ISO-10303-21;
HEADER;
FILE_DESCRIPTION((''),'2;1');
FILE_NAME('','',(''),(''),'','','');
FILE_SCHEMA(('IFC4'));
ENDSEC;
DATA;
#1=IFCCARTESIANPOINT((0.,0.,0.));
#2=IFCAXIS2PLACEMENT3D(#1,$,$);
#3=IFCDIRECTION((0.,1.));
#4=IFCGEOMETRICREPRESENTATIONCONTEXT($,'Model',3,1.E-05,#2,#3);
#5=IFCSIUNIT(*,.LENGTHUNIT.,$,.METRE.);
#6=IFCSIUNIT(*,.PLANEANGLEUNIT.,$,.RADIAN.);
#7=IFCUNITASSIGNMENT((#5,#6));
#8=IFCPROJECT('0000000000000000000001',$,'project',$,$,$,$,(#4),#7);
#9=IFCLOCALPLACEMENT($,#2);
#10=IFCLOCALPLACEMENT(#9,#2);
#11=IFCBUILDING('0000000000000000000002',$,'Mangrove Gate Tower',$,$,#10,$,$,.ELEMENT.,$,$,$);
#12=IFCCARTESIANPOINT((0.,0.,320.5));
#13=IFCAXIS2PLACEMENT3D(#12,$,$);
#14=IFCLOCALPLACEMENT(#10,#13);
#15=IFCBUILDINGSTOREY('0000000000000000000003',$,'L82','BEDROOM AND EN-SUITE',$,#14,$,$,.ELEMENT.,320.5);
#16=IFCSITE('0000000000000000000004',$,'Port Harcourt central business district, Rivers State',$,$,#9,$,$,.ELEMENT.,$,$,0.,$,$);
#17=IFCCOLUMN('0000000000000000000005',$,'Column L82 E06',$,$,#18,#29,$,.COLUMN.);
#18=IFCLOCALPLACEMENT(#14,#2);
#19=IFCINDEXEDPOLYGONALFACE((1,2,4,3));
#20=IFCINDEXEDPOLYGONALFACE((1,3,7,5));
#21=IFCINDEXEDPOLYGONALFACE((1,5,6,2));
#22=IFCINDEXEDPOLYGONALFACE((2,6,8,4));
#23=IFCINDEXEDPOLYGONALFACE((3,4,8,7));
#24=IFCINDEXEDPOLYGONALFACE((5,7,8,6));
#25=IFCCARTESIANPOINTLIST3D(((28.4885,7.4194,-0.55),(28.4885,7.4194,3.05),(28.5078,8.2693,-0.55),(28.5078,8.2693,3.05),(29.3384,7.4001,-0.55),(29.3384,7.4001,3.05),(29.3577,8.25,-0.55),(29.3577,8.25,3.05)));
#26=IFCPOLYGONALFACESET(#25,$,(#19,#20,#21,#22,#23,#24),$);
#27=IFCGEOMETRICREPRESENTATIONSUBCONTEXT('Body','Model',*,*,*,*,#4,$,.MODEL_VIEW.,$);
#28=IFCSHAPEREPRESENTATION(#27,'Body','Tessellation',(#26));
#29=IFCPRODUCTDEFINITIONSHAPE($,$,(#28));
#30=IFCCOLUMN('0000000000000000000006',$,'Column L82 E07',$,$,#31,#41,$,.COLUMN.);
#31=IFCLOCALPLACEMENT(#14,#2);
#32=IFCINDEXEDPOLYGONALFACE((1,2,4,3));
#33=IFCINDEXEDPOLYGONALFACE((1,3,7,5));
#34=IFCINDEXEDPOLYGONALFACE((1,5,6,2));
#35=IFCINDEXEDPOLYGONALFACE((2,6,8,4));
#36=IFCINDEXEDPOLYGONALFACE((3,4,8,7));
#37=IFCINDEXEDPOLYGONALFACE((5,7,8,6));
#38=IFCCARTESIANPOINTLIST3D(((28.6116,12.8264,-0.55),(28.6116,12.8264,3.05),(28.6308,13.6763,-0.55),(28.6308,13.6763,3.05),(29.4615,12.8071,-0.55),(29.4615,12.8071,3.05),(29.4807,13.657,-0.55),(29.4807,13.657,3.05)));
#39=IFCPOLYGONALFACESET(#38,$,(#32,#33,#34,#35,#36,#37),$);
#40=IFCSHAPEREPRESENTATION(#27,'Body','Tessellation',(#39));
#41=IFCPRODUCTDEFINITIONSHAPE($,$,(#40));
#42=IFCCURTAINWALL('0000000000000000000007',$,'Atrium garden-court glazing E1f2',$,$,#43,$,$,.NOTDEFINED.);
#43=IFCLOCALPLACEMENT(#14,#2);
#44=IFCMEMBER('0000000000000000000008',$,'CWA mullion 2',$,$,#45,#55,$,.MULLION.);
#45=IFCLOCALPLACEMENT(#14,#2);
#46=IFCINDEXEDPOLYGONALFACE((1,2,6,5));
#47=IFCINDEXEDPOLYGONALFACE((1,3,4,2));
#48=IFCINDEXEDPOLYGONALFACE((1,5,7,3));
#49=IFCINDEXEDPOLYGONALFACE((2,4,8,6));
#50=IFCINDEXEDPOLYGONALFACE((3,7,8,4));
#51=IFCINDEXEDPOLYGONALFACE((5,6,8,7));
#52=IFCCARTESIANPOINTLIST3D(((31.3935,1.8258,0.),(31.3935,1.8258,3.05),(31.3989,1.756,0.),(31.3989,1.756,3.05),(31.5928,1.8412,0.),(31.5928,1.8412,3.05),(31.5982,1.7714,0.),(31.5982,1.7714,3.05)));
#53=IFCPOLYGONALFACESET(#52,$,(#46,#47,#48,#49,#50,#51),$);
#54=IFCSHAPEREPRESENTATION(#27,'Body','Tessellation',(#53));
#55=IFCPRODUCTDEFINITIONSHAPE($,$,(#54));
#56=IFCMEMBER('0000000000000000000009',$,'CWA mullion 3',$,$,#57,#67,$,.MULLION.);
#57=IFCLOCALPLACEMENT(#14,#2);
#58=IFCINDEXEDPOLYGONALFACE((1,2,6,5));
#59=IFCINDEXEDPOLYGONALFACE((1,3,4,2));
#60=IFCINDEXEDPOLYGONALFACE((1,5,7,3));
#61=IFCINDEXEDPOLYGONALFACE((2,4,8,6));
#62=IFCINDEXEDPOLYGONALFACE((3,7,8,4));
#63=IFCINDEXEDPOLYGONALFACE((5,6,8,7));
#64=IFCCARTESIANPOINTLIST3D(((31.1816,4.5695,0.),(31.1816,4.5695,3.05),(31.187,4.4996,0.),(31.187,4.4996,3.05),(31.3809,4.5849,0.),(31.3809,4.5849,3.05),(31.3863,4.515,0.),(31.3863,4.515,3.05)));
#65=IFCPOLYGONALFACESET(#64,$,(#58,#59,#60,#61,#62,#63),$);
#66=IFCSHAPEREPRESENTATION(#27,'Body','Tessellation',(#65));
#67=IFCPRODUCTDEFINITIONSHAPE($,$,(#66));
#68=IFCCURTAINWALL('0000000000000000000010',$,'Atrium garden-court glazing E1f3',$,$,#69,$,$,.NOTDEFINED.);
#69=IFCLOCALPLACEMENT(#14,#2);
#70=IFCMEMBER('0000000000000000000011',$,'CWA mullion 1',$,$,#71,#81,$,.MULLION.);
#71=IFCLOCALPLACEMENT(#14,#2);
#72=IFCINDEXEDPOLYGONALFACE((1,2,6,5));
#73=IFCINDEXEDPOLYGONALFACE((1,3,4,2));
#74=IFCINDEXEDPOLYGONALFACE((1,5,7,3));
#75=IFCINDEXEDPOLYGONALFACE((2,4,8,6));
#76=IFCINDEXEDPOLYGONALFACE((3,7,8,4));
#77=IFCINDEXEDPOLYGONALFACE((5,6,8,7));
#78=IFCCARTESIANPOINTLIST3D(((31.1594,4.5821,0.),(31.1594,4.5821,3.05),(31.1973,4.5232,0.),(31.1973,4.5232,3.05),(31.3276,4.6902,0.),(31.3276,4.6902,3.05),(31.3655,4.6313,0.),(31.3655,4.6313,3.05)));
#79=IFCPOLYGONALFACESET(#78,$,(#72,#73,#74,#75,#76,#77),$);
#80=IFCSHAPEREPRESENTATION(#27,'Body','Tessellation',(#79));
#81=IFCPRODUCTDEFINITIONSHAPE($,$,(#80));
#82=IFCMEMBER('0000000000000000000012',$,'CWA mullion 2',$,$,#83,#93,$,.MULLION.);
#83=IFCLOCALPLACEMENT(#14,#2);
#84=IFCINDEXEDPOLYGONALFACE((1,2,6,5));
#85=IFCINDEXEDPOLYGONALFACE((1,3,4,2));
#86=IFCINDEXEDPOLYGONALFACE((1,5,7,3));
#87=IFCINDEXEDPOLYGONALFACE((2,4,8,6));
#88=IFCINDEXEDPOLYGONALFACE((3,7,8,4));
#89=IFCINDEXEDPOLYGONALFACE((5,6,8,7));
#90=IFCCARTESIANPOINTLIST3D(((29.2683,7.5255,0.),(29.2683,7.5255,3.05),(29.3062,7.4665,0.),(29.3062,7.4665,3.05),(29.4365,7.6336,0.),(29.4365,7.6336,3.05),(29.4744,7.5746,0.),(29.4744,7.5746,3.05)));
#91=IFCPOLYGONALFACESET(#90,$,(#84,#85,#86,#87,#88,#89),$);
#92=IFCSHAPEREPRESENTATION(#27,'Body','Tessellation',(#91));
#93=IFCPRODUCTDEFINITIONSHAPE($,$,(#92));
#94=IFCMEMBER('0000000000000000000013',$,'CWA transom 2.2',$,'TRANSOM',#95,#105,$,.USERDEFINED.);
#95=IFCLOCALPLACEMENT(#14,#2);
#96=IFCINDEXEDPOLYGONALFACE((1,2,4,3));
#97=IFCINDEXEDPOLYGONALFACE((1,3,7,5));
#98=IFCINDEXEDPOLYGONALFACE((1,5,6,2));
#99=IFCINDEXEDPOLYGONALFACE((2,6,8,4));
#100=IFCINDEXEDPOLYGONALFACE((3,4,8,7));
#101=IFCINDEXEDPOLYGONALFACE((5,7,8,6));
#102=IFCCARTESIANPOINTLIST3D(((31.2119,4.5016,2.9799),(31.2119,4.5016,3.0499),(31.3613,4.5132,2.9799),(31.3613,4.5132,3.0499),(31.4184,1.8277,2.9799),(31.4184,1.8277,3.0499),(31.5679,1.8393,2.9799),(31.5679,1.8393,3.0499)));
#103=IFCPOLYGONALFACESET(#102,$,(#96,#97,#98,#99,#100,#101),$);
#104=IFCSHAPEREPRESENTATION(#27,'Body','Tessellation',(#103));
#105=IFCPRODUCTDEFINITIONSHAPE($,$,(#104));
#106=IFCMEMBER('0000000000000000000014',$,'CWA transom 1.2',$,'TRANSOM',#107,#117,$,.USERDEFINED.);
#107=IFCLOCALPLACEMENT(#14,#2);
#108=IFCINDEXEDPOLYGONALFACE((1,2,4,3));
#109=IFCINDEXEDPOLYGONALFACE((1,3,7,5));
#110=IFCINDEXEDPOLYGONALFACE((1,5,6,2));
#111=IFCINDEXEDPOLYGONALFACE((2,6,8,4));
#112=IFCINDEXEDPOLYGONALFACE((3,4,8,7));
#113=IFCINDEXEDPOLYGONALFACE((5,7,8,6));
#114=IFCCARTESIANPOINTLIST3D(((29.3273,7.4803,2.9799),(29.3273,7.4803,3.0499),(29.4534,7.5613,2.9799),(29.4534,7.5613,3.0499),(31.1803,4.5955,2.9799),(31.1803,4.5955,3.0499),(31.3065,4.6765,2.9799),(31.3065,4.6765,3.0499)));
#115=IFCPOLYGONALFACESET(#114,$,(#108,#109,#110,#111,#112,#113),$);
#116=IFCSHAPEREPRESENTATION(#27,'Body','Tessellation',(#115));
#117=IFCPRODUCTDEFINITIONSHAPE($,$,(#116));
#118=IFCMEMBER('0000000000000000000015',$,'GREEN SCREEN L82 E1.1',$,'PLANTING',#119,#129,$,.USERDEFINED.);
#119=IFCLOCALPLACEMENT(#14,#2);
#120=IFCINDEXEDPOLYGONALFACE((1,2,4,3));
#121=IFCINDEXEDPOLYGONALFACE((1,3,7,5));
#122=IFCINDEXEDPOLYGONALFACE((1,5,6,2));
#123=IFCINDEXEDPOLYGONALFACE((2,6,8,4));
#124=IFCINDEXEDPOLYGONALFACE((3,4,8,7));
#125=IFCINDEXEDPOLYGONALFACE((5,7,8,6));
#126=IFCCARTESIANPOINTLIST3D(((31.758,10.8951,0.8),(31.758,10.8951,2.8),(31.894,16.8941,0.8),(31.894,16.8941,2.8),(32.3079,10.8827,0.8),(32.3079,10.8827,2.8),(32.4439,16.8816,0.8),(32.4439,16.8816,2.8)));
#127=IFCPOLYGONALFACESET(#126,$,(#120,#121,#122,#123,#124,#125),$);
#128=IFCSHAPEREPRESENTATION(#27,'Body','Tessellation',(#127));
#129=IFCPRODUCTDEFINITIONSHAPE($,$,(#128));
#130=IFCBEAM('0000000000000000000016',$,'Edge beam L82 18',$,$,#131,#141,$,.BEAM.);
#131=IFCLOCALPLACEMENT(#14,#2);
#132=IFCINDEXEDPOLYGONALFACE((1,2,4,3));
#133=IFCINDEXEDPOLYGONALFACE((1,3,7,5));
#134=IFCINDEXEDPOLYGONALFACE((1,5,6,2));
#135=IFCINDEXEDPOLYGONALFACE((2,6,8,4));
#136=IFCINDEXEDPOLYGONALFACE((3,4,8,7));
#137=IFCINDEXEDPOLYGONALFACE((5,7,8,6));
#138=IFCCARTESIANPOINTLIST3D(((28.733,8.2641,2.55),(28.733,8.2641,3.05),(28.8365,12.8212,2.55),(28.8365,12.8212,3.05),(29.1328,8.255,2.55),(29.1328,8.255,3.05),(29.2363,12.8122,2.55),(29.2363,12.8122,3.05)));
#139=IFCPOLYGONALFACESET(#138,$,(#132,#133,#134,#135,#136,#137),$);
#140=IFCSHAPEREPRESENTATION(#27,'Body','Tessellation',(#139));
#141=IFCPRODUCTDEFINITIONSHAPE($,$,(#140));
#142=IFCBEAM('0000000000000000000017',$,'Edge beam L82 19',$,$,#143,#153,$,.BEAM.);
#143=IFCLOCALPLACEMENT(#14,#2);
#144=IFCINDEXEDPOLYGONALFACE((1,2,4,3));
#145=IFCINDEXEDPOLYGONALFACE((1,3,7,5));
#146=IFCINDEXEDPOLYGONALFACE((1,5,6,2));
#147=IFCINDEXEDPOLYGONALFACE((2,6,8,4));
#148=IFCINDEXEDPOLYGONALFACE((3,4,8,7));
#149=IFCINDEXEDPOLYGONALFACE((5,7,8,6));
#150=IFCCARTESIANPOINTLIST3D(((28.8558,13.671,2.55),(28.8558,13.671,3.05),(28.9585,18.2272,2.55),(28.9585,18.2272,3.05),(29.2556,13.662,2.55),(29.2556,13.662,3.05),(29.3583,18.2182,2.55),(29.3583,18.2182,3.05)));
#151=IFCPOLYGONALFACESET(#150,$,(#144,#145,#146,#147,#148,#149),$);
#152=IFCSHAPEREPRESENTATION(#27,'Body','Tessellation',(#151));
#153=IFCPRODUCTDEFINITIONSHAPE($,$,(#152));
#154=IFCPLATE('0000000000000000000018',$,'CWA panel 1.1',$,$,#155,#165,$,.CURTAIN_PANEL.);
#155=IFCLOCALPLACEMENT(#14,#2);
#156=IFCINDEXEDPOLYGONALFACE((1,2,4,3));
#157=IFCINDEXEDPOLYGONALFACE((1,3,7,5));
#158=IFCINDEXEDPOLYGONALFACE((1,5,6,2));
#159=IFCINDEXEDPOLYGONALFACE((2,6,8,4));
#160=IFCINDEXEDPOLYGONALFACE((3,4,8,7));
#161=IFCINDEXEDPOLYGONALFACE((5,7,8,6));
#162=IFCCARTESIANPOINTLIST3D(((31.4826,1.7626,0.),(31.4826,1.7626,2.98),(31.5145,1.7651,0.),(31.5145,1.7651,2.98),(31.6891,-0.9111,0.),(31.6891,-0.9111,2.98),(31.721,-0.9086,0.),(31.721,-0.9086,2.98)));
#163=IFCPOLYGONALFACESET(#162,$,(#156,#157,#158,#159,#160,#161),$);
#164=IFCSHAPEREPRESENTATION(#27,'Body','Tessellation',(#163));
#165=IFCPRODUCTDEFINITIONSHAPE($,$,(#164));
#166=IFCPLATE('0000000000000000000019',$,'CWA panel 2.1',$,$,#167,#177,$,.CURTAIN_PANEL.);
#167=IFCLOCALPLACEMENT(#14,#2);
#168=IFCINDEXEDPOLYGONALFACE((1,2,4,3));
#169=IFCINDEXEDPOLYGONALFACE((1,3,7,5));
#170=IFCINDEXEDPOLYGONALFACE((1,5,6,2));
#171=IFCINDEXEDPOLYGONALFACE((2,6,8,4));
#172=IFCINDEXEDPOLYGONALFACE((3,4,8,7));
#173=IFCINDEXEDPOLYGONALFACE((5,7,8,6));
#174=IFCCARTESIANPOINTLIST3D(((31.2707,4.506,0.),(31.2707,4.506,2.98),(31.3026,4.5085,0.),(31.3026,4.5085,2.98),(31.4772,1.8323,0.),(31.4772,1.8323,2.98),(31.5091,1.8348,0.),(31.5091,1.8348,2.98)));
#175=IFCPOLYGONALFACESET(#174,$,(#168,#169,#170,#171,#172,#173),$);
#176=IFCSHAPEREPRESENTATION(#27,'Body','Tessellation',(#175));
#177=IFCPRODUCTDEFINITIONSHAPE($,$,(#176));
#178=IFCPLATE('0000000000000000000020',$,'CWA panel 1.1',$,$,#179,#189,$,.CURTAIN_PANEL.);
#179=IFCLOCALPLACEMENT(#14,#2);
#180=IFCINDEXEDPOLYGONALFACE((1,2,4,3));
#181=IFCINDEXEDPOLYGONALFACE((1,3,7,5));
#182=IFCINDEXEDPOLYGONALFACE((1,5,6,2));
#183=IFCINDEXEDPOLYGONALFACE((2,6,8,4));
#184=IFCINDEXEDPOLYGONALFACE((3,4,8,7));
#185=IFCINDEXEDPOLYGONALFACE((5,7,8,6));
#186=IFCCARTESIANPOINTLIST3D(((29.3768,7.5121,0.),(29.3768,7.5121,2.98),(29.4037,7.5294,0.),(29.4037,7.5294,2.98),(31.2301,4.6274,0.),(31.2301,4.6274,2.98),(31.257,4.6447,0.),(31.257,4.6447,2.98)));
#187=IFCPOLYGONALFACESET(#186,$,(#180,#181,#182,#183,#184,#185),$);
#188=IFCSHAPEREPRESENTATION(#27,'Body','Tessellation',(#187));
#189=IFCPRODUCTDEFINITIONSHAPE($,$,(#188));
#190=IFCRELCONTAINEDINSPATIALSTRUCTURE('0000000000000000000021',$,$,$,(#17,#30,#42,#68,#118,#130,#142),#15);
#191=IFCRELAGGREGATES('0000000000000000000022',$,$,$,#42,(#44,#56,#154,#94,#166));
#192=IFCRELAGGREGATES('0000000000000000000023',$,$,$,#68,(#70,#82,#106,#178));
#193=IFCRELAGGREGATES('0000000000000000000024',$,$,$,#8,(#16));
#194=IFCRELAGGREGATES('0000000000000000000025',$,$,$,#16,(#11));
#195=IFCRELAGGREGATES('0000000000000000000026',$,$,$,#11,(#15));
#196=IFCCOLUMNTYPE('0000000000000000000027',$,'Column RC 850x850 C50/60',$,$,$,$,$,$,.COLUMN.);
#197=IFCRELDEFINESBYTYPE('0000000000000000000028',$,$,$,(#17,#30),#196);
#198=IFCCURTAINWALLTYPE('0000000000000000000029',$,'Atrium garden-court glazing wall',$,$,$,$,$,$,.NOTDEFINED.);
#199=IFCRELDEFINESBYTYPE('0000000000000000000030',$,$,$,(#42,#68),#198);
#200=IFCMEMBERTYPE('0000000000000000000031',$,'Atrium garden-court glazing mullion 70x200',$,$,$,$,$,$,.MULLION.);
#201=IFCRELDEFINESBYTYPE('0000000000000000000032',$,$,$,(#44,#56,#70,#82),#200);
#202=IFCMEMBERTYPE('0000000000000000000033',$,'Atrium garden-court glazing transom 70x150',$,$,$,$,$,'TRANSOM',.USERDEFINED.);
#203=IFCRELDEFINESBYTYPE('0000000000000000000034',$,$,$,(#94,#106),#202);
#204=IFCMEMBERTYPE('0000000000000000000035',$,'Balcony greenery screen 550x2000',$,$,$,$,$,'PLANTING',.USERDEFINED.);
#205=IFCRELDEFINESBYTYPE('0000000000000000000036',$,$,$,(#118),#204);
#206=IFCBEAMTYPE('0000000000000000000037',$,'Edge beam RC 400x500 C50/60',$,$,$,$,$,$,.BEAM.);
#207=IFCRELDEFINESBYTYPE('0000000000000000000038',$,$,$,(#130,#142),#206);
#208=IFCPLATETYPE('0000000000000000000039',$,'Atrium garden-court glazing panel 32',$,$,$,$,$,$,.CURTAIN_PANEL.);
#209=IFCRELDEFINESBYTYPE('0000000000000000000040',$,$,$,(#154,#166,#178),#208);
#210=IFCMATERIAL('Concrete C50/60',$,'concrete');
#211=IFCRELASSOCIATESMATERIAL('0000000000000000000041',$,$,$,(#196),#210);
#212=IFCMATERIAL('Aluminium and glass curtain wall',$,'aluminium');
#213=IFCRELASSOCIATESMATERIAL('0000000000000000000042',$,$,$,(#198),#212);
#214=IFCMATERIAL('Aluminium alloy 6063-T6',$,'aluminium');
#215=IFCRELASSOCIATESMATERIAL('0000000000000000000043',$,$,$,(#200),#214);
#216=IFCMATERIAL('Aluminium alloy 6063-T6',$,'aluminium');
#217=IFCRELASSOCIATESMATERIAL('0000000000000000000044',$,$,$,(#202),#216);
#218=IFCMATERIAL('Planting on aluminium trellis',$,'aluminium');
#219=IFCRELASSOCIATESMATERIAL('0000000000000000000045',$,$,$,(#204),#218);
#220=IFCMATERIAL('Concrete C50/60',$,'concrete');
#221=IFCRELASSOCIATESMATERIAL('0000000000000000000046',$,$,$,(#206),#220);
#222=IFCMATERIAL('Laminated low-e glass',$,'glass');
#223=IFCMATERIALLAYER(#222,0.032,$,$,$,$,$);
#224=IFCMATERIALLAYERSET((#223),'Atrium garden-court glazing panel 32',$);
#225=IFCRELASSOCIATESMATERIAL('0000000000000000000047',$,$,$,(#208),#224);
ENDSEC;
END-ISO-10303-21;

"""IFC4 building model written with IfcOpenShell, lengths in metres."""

from ifc_helpers import new_model, si_unit, direction, frame, origin, origin_2d, place, context, subcontext, project, spatial, rectangle, extrude, material, layer, layer_set, material_profile, profile_set, type_object, element, aggregate, save


model = new_model("IFC4")

# Units and contexts
model_context = context("Model", 3, precision=1e-05, world=origin(), true_north=direction((0.0, 1.0)))
body_context = subcontext(model_context, "Body", "Model", "MODEL_VIEW")
ifc_project = project(units=[si_unit("LENGTHUNIT", "METRE"), si_unit("PLANEANGLEUNIT", "RADIAN")], contexts=[model_context])

# Site, building, storey
site_placement = place(None, origin())
site = spatial("IfcSite", under=ifc_project, at=site_placement, Name="Port Harcourt central business district, Rivers State", CompositionType="ELEMENT", RefElevation=0.0)
building_placement = place(site_placement, origin())
building = spatial("IfcBuilding", under=site, at=building_placement, Name="Mangrove Gate Tower", CompositionType="ELEMENT")
storey_placement = place(building_placement, frame((0.0, 0.0, 320.5)))
storey = spatial("IfcBuildingStorey", under=building, at=storey_placement, Name="L82", Description="BEDROOM AND EN-SUITE", CompositionType="ELEMENT", Elevation=320.5)

# Columns
ifc_material_1 = material(Name="Concrete C50/60", Category="concrete")
ifc_material_profile_1 = material_profile(ifc_material_1, rectangle(XDim=0.8501, YDim=0.8501, at=origin_2d()))
ifc_profile_set_1 = profile_set([ifc_material_profile_1], Name="Concrete C50/60")
column_type = type_object("IfcColumnType", Name="Column RC 850x850 C50/60", PredefinedType="COLUMN", material=ifc_profile_set_1)
for number, where, z_axis, x_axis, name in (
    (1, (28.9231, 7.8347, -0.55), (0.0, 0.0, 1.0), (0.022705, 0.999742, 0.0), "Column L82 E06"),
    (2, (29.0461, 13.2417, -0.55), (0.0, 0.0, 1.0), (0.022652, 0.999743, 0.0), "Column L82 E07"),
):
    element("IfcColumn", number, at=place(storey_placement, frame(where, z_axis=z_axis, x_axis=x_axis)), inside=storey, type_object=column_type, Name=name, PredefinedType="COLUMN", context=body_context, shape_type="SweptSolid", body=[
        extrude(rectangle(XDim=0.8501, YDim=0.8501, at=origin_2d()), origin(), (0.0, 0.0, 1.0), 3.6001),
    ])

# Curtain walls, members
ifc_material_2 = material(Name="Aluminium and glass curtain wall", Category="aluminium")
curtain_wall_type = type_object("IfcCurtainWallType", Name="Atrium garden-court glazing wall", PredefinedType="NOTDEFINED", material=ifc_material_2)
curtain_wall_1_placement = place(storey_placement, origin())
curtain_wall_1 = element("IfcCurtainWall", 3, at=curtain_wall_1_placement, inside=storey, type_object=curtain_wall_type, Name="Atrium garden-court glazing E1f2", PredefinedType="NOTDEFINED")
ifc_material_3 = material(Name="Aluminium alloy 6063-T6", Category="aluminium")
ifc_material_profile_2 = material_profile(ifc_material_3, rectangle(XDim=0.0701, YDim=0.2, at=origin_2d()))
ifc_profile_set_2 = profile_set([ifc_material_profile_2], Name="Aluminium alloy 6063-T6")
member_type_1 = type_object("IfcMemberType", Name="Atrium garden-court glazing mullion 70x200", PredefinedType="MULLION", material=ifc_profile_set_2)
member_1_placement = place(storey_placement, frame((31.4958, 1.7986, 0.0), z_axis=(0.0, 0.0, 1.0), x_axis=(-0.077023, 0.997029, 0.0)))
member_1 = element("IfcMember", 4, at=member_1_placement, type_object=member_type_1, Name="CWA mullion 2", PredefinedType="MULLION", context=body_context, shape_type="SweptSolid", body=[
    extrude(rectangle(XDim=0.0701, YDim=0.2, at=origin_2d()), origin(), (0.0, 0.0, 1.0), 3.05),
])
member_2_placement = place(storey_placement, frame((31.2839, 4.5422, 0.0), z_axis=(0.0, 0.0, 1.0), x_axis=(-0.077023, 0.997029, 0.0)))
member_2 = element("IfcMember", 5, at=member_2_placement, type_object=member_type_1, Name="CWA mullion 3", PredefinedType="MULLION", context=body_context, shape_type="SweptSolid", body=[
    extrude(rectangle(XDim=0.0701, YDim=0.2, at=origin_2d()), origin(), (0.0, 0.0, 1.0), 3.05),
])
curtain_wall_2_placement = place(storey_placement, origin())
curtain_wall_2 = element("IfcCurtainWall", 6, at=curtain_wall_2_placement, inside=storey, type_object=curtain_wall_type, Name="Atrium garden-court glazing E1f3", PredefinedType="NOTDEFINED")
member_3_placement = place(storey_placement, frame((31.2625, 4.6067, 0.0), z_axis=(0.0, 0.0, 1.0), x_axis=(-0.540512, 0.841336, 0.0)))
member_3 = element("IfcMember", 7, at=member_3_placement, type_object=member_type_1, Name="CWA mullion 1", PredefinedType="MULLION", context=body_context, shape_type="SweptSolid", body=[
    extrude(rectangle(XDim=0.0701, YDim=0.2, at=origin_2d()), origin(), (0.0, 0.0, 1.0), 3.05),
])
member_4_placement = place(storey_placement, frame((29.3713, 7.55, 0.0), z_axis=(0.0, 0.0, 1.0), x_axis=(-0.540512, 0.841336, 0.0)))
member_4 = element("IfcMember", 8, at=member_4_placement, type_object=member_type_1, Name="CWA mullion 2", PredefinedType="MULLION", context=body_context, shape_type="SweptSolid", body=[
    extrude(rectangle(XDim=0.0701, YDim=0.2, at=origin_2d()), origin(), (0.0, 0.0, 1.0), 3.05),
])

# Members
ifc_material_4 = material(Name="Aluminium alloy 6063-T6", Category="aluminium")
ifc_material_profile_3 = material_profile(ifc_material_4, rectangle(XDim=0.0701, YDim=0.1499, at=origin_2d()))
ifc_profile_set_3 = profile_set([ifc_material_profile_3], Name="Aluminium alloy 6063-T6")
member_type_2 = type_object("IfcMemberType", Name="Atrium garden-court glazing transom 70x150", ElementType="TRANSOM", PredefinedType="USERDEFINED", material=ifc_profile_set_3)
member_5_placement = place(storey_placement, frame((31.4932, 1.8335, 3.0149), z_axis=(-0.077017, 0.99703, 0.0), x_axis=(0.0, 0.0, 1.0)))
member_5 = element("IfcMember", 9, at=member_5_placement, type_object=member_type_2, Name="CWA transom 2.2", ObjectType="TRANSOM", PredefinedType="USERDEFINED", context=body_context, shape_type="SweptSolid", body=[
    extrude(rectangle(XDim=0.0701, YDim=0.1499, at=origin_2d()), origin(), (0.0, 0.0, 1.0), 2.6819),
])
member_6_placement = place(storey_placement, frame((31.2434, 4.636, 3.0149), z_axis=(-0.540455, 0.841373, 0.0), x_axis=(0.0, 0.0, 1.0)))
member_6 = element("IfcMember", 10, at=member_6_placement, type_object=member_type_2, Name="CWA transom 1.2", ObjectType="TRANSOM", PredefinedType="USERDEFINED", context=body_context, shape_type="SweptSolid", body=[
    extrude(rectangle(XDim=0.0701, YDim=0.1499, at=origin_2d()), origin(), (0.0, 0.0, 1.0), 3.4287),
])
ifc_material_5 = material(Name="Planting on aluminium trellis", Category="aluminium")
ifc_material_profile_4 = material_profile(ifc_material_5, rectangle(XDim=0.55, YDim=2.0, at=origin_2d()))
ifc_profile_set_4 = profile_set([ifc_material_profile_4], Name="Planting on aluminium trellis")
member_type_3 = type_object("IfcMemberType", Name="Balcony greenery screen 550x2000", ElementType="PLANTING", PredefinedType="USERDEFINED", material=ifc_profile_set_4)
member_7_placement = place(storey_placement, frame((32.033, 10.8889, 1.8), z_axis=(0.022662, 0.999743, 0.0), x_axis=(-0.999743, 0.022662, 0.0)))
element("IfcMember", 11, at=member_7_placement, inside=storey, type_object=member_type_3, Name="GREEN SCREEN L82 E1.1", ObjectType="PLANTING", PredefinedType="USERDEFINED", context=body_context, shape_type="SweptSolid", body=[
    extrude(rectangle(XDim=0.55, YDim=2.0, at=origin_2d()), origin(), (0.0, 0.0, 1.0), 6.0005),
])

# Beams
ifc_material_6 = material(Name="Concrete C50/60", Category="concrete")
ifc_material_profile_5 = material_profile(ifc_material_6, rectangle(XDim=0.3999, YDim=0.5, at=origin_2d()))
ifc_profile_set_5 = profile_set([ifc_material_profile_5], Name="Concrete C50/60")
beam_type = type_object("IfcBeamType", Name="Edge beam RC 400x500 C50/60", PredefinedType="BEAM", material=ifc_profile_set_5)
beam_1_placement = place(storey_placement, frame((28.9329, 8.2595, 2.8), z_axis=(0.022709, 0.999742, 0.0), x_axis=(-0.999742, 0.022709, 0.0)))
element("IfcBeam", 12, at=beam_1_placement, inside=storey, type_object=beam_type, Name="Edge beam L82 18", PredefinedType="BEAM", context=body_context, shape_type="SweptSolid", body=[
    extrude(rectangle(XDim=0.3999, YDim=0.5, at=origin_2d()), origin(), (0.0, 0.0, 1.0), 4.5583),
])
beam_2_placement = place(storey_placement, frame((29.0557, 13.6665, 2.8), z_axis=(0.022553, 0.999746, 0.0), x_axis=(-0.999746, 0.022553, 0.0)))
element("IfcBeam", 13, at=beam_2_placement, inside=storey, type_object=beam_type, Name="Edge beam L82 19", PredefinedType="BEAM", context=body_context, shape_type="SweptSolid", body=[
    extrude(rectangle(XDim=0.3999, YDim=0.5, at=origin_2d()), origin(), (0.0, 0.0, 1.0), 4.5574),
])

# Plates
ifc_material_7 = material(Name="Laminated low-e glass", Category="glass")
ifc_layer_1 = layer(ifc_material_7, 0.032)
ifc_layer_set_1 = layer_set([ifc_layer_1], Name="Atrium garden-court glazing panel 32")
plate_type = type_object("IfcPlateType", Name="Atrium garden-court glazing panel 32", PredefinedType="CURTAIN_PANEL", material=ifc_layer_set_1)
plate_1_placement = place(storey_placement, frame((31.6018, 0.427, 0.0), z_axis=(0.0, 0.0, 1.0), x_axis=(-0.077023, 0.997029, 0.0)))
plate_1 = element("IfcPlate", 14, at=plate_1_placement, type_object=plate_type, Name="CWA panel 1.1", PredefinedType="CURTAIN_PANEL", context=body_context, shape_type="SweptSolid", body=[
    extrude(rectangle(XDim=2.6816, YDim=0.032, at=origin_2d()), origin(), (0.0, 0.0, 1.0), 2.98),
])
plate_2_placement = place(storey_placement, frame((31.3899, 3.1704, 0.0), z_axis=(0.0, 0.0, 1.0), x_axis=(-0.077023, 0.997029, 0.0)))
plate_2 = element("IfcPlate", 15, at=plate_2_placement, type_object=plate_type, Name="CWA panel 2.1", PredefinedType="CURTAIN_PANEL", context=body_context, shape_type="SweptSolid", body=[
    extrude(rectangle(XDim=2.6816, YDim=0.032, at=origin_2d()), origin(), (0.0, 0.0, 1.0), 2.98),
])
aggregate(curtain_wall_1, [member_1, member_2, plate_1, member_5, plate_2])
plate_3_placement = place(storey_placement, frame((30.3169, 6.0784, 0.0), z_axis=(0.0, 0.0, 1.0), x_axis=(-0.540512, 0.841336, 0.0)))
plate_3 = element("IfcPlate", 16, at=plate_3_placement, type_object=plate_type, Name="CWA panel 1.1", PredefinedType="CURTAIN_PANEL", context=body_context, shape_type="SweptSolid", body=[
    extrude(rectangle(XDim=3.4287, YDim=0.032, at=origin_2d()), origin(), (0.0, 0.0, 1.0), 2.98),
])
aggregate(curtain_wall_2, [member_3, member_4, member_6, plate_3])

save(model, "model.ifc")
